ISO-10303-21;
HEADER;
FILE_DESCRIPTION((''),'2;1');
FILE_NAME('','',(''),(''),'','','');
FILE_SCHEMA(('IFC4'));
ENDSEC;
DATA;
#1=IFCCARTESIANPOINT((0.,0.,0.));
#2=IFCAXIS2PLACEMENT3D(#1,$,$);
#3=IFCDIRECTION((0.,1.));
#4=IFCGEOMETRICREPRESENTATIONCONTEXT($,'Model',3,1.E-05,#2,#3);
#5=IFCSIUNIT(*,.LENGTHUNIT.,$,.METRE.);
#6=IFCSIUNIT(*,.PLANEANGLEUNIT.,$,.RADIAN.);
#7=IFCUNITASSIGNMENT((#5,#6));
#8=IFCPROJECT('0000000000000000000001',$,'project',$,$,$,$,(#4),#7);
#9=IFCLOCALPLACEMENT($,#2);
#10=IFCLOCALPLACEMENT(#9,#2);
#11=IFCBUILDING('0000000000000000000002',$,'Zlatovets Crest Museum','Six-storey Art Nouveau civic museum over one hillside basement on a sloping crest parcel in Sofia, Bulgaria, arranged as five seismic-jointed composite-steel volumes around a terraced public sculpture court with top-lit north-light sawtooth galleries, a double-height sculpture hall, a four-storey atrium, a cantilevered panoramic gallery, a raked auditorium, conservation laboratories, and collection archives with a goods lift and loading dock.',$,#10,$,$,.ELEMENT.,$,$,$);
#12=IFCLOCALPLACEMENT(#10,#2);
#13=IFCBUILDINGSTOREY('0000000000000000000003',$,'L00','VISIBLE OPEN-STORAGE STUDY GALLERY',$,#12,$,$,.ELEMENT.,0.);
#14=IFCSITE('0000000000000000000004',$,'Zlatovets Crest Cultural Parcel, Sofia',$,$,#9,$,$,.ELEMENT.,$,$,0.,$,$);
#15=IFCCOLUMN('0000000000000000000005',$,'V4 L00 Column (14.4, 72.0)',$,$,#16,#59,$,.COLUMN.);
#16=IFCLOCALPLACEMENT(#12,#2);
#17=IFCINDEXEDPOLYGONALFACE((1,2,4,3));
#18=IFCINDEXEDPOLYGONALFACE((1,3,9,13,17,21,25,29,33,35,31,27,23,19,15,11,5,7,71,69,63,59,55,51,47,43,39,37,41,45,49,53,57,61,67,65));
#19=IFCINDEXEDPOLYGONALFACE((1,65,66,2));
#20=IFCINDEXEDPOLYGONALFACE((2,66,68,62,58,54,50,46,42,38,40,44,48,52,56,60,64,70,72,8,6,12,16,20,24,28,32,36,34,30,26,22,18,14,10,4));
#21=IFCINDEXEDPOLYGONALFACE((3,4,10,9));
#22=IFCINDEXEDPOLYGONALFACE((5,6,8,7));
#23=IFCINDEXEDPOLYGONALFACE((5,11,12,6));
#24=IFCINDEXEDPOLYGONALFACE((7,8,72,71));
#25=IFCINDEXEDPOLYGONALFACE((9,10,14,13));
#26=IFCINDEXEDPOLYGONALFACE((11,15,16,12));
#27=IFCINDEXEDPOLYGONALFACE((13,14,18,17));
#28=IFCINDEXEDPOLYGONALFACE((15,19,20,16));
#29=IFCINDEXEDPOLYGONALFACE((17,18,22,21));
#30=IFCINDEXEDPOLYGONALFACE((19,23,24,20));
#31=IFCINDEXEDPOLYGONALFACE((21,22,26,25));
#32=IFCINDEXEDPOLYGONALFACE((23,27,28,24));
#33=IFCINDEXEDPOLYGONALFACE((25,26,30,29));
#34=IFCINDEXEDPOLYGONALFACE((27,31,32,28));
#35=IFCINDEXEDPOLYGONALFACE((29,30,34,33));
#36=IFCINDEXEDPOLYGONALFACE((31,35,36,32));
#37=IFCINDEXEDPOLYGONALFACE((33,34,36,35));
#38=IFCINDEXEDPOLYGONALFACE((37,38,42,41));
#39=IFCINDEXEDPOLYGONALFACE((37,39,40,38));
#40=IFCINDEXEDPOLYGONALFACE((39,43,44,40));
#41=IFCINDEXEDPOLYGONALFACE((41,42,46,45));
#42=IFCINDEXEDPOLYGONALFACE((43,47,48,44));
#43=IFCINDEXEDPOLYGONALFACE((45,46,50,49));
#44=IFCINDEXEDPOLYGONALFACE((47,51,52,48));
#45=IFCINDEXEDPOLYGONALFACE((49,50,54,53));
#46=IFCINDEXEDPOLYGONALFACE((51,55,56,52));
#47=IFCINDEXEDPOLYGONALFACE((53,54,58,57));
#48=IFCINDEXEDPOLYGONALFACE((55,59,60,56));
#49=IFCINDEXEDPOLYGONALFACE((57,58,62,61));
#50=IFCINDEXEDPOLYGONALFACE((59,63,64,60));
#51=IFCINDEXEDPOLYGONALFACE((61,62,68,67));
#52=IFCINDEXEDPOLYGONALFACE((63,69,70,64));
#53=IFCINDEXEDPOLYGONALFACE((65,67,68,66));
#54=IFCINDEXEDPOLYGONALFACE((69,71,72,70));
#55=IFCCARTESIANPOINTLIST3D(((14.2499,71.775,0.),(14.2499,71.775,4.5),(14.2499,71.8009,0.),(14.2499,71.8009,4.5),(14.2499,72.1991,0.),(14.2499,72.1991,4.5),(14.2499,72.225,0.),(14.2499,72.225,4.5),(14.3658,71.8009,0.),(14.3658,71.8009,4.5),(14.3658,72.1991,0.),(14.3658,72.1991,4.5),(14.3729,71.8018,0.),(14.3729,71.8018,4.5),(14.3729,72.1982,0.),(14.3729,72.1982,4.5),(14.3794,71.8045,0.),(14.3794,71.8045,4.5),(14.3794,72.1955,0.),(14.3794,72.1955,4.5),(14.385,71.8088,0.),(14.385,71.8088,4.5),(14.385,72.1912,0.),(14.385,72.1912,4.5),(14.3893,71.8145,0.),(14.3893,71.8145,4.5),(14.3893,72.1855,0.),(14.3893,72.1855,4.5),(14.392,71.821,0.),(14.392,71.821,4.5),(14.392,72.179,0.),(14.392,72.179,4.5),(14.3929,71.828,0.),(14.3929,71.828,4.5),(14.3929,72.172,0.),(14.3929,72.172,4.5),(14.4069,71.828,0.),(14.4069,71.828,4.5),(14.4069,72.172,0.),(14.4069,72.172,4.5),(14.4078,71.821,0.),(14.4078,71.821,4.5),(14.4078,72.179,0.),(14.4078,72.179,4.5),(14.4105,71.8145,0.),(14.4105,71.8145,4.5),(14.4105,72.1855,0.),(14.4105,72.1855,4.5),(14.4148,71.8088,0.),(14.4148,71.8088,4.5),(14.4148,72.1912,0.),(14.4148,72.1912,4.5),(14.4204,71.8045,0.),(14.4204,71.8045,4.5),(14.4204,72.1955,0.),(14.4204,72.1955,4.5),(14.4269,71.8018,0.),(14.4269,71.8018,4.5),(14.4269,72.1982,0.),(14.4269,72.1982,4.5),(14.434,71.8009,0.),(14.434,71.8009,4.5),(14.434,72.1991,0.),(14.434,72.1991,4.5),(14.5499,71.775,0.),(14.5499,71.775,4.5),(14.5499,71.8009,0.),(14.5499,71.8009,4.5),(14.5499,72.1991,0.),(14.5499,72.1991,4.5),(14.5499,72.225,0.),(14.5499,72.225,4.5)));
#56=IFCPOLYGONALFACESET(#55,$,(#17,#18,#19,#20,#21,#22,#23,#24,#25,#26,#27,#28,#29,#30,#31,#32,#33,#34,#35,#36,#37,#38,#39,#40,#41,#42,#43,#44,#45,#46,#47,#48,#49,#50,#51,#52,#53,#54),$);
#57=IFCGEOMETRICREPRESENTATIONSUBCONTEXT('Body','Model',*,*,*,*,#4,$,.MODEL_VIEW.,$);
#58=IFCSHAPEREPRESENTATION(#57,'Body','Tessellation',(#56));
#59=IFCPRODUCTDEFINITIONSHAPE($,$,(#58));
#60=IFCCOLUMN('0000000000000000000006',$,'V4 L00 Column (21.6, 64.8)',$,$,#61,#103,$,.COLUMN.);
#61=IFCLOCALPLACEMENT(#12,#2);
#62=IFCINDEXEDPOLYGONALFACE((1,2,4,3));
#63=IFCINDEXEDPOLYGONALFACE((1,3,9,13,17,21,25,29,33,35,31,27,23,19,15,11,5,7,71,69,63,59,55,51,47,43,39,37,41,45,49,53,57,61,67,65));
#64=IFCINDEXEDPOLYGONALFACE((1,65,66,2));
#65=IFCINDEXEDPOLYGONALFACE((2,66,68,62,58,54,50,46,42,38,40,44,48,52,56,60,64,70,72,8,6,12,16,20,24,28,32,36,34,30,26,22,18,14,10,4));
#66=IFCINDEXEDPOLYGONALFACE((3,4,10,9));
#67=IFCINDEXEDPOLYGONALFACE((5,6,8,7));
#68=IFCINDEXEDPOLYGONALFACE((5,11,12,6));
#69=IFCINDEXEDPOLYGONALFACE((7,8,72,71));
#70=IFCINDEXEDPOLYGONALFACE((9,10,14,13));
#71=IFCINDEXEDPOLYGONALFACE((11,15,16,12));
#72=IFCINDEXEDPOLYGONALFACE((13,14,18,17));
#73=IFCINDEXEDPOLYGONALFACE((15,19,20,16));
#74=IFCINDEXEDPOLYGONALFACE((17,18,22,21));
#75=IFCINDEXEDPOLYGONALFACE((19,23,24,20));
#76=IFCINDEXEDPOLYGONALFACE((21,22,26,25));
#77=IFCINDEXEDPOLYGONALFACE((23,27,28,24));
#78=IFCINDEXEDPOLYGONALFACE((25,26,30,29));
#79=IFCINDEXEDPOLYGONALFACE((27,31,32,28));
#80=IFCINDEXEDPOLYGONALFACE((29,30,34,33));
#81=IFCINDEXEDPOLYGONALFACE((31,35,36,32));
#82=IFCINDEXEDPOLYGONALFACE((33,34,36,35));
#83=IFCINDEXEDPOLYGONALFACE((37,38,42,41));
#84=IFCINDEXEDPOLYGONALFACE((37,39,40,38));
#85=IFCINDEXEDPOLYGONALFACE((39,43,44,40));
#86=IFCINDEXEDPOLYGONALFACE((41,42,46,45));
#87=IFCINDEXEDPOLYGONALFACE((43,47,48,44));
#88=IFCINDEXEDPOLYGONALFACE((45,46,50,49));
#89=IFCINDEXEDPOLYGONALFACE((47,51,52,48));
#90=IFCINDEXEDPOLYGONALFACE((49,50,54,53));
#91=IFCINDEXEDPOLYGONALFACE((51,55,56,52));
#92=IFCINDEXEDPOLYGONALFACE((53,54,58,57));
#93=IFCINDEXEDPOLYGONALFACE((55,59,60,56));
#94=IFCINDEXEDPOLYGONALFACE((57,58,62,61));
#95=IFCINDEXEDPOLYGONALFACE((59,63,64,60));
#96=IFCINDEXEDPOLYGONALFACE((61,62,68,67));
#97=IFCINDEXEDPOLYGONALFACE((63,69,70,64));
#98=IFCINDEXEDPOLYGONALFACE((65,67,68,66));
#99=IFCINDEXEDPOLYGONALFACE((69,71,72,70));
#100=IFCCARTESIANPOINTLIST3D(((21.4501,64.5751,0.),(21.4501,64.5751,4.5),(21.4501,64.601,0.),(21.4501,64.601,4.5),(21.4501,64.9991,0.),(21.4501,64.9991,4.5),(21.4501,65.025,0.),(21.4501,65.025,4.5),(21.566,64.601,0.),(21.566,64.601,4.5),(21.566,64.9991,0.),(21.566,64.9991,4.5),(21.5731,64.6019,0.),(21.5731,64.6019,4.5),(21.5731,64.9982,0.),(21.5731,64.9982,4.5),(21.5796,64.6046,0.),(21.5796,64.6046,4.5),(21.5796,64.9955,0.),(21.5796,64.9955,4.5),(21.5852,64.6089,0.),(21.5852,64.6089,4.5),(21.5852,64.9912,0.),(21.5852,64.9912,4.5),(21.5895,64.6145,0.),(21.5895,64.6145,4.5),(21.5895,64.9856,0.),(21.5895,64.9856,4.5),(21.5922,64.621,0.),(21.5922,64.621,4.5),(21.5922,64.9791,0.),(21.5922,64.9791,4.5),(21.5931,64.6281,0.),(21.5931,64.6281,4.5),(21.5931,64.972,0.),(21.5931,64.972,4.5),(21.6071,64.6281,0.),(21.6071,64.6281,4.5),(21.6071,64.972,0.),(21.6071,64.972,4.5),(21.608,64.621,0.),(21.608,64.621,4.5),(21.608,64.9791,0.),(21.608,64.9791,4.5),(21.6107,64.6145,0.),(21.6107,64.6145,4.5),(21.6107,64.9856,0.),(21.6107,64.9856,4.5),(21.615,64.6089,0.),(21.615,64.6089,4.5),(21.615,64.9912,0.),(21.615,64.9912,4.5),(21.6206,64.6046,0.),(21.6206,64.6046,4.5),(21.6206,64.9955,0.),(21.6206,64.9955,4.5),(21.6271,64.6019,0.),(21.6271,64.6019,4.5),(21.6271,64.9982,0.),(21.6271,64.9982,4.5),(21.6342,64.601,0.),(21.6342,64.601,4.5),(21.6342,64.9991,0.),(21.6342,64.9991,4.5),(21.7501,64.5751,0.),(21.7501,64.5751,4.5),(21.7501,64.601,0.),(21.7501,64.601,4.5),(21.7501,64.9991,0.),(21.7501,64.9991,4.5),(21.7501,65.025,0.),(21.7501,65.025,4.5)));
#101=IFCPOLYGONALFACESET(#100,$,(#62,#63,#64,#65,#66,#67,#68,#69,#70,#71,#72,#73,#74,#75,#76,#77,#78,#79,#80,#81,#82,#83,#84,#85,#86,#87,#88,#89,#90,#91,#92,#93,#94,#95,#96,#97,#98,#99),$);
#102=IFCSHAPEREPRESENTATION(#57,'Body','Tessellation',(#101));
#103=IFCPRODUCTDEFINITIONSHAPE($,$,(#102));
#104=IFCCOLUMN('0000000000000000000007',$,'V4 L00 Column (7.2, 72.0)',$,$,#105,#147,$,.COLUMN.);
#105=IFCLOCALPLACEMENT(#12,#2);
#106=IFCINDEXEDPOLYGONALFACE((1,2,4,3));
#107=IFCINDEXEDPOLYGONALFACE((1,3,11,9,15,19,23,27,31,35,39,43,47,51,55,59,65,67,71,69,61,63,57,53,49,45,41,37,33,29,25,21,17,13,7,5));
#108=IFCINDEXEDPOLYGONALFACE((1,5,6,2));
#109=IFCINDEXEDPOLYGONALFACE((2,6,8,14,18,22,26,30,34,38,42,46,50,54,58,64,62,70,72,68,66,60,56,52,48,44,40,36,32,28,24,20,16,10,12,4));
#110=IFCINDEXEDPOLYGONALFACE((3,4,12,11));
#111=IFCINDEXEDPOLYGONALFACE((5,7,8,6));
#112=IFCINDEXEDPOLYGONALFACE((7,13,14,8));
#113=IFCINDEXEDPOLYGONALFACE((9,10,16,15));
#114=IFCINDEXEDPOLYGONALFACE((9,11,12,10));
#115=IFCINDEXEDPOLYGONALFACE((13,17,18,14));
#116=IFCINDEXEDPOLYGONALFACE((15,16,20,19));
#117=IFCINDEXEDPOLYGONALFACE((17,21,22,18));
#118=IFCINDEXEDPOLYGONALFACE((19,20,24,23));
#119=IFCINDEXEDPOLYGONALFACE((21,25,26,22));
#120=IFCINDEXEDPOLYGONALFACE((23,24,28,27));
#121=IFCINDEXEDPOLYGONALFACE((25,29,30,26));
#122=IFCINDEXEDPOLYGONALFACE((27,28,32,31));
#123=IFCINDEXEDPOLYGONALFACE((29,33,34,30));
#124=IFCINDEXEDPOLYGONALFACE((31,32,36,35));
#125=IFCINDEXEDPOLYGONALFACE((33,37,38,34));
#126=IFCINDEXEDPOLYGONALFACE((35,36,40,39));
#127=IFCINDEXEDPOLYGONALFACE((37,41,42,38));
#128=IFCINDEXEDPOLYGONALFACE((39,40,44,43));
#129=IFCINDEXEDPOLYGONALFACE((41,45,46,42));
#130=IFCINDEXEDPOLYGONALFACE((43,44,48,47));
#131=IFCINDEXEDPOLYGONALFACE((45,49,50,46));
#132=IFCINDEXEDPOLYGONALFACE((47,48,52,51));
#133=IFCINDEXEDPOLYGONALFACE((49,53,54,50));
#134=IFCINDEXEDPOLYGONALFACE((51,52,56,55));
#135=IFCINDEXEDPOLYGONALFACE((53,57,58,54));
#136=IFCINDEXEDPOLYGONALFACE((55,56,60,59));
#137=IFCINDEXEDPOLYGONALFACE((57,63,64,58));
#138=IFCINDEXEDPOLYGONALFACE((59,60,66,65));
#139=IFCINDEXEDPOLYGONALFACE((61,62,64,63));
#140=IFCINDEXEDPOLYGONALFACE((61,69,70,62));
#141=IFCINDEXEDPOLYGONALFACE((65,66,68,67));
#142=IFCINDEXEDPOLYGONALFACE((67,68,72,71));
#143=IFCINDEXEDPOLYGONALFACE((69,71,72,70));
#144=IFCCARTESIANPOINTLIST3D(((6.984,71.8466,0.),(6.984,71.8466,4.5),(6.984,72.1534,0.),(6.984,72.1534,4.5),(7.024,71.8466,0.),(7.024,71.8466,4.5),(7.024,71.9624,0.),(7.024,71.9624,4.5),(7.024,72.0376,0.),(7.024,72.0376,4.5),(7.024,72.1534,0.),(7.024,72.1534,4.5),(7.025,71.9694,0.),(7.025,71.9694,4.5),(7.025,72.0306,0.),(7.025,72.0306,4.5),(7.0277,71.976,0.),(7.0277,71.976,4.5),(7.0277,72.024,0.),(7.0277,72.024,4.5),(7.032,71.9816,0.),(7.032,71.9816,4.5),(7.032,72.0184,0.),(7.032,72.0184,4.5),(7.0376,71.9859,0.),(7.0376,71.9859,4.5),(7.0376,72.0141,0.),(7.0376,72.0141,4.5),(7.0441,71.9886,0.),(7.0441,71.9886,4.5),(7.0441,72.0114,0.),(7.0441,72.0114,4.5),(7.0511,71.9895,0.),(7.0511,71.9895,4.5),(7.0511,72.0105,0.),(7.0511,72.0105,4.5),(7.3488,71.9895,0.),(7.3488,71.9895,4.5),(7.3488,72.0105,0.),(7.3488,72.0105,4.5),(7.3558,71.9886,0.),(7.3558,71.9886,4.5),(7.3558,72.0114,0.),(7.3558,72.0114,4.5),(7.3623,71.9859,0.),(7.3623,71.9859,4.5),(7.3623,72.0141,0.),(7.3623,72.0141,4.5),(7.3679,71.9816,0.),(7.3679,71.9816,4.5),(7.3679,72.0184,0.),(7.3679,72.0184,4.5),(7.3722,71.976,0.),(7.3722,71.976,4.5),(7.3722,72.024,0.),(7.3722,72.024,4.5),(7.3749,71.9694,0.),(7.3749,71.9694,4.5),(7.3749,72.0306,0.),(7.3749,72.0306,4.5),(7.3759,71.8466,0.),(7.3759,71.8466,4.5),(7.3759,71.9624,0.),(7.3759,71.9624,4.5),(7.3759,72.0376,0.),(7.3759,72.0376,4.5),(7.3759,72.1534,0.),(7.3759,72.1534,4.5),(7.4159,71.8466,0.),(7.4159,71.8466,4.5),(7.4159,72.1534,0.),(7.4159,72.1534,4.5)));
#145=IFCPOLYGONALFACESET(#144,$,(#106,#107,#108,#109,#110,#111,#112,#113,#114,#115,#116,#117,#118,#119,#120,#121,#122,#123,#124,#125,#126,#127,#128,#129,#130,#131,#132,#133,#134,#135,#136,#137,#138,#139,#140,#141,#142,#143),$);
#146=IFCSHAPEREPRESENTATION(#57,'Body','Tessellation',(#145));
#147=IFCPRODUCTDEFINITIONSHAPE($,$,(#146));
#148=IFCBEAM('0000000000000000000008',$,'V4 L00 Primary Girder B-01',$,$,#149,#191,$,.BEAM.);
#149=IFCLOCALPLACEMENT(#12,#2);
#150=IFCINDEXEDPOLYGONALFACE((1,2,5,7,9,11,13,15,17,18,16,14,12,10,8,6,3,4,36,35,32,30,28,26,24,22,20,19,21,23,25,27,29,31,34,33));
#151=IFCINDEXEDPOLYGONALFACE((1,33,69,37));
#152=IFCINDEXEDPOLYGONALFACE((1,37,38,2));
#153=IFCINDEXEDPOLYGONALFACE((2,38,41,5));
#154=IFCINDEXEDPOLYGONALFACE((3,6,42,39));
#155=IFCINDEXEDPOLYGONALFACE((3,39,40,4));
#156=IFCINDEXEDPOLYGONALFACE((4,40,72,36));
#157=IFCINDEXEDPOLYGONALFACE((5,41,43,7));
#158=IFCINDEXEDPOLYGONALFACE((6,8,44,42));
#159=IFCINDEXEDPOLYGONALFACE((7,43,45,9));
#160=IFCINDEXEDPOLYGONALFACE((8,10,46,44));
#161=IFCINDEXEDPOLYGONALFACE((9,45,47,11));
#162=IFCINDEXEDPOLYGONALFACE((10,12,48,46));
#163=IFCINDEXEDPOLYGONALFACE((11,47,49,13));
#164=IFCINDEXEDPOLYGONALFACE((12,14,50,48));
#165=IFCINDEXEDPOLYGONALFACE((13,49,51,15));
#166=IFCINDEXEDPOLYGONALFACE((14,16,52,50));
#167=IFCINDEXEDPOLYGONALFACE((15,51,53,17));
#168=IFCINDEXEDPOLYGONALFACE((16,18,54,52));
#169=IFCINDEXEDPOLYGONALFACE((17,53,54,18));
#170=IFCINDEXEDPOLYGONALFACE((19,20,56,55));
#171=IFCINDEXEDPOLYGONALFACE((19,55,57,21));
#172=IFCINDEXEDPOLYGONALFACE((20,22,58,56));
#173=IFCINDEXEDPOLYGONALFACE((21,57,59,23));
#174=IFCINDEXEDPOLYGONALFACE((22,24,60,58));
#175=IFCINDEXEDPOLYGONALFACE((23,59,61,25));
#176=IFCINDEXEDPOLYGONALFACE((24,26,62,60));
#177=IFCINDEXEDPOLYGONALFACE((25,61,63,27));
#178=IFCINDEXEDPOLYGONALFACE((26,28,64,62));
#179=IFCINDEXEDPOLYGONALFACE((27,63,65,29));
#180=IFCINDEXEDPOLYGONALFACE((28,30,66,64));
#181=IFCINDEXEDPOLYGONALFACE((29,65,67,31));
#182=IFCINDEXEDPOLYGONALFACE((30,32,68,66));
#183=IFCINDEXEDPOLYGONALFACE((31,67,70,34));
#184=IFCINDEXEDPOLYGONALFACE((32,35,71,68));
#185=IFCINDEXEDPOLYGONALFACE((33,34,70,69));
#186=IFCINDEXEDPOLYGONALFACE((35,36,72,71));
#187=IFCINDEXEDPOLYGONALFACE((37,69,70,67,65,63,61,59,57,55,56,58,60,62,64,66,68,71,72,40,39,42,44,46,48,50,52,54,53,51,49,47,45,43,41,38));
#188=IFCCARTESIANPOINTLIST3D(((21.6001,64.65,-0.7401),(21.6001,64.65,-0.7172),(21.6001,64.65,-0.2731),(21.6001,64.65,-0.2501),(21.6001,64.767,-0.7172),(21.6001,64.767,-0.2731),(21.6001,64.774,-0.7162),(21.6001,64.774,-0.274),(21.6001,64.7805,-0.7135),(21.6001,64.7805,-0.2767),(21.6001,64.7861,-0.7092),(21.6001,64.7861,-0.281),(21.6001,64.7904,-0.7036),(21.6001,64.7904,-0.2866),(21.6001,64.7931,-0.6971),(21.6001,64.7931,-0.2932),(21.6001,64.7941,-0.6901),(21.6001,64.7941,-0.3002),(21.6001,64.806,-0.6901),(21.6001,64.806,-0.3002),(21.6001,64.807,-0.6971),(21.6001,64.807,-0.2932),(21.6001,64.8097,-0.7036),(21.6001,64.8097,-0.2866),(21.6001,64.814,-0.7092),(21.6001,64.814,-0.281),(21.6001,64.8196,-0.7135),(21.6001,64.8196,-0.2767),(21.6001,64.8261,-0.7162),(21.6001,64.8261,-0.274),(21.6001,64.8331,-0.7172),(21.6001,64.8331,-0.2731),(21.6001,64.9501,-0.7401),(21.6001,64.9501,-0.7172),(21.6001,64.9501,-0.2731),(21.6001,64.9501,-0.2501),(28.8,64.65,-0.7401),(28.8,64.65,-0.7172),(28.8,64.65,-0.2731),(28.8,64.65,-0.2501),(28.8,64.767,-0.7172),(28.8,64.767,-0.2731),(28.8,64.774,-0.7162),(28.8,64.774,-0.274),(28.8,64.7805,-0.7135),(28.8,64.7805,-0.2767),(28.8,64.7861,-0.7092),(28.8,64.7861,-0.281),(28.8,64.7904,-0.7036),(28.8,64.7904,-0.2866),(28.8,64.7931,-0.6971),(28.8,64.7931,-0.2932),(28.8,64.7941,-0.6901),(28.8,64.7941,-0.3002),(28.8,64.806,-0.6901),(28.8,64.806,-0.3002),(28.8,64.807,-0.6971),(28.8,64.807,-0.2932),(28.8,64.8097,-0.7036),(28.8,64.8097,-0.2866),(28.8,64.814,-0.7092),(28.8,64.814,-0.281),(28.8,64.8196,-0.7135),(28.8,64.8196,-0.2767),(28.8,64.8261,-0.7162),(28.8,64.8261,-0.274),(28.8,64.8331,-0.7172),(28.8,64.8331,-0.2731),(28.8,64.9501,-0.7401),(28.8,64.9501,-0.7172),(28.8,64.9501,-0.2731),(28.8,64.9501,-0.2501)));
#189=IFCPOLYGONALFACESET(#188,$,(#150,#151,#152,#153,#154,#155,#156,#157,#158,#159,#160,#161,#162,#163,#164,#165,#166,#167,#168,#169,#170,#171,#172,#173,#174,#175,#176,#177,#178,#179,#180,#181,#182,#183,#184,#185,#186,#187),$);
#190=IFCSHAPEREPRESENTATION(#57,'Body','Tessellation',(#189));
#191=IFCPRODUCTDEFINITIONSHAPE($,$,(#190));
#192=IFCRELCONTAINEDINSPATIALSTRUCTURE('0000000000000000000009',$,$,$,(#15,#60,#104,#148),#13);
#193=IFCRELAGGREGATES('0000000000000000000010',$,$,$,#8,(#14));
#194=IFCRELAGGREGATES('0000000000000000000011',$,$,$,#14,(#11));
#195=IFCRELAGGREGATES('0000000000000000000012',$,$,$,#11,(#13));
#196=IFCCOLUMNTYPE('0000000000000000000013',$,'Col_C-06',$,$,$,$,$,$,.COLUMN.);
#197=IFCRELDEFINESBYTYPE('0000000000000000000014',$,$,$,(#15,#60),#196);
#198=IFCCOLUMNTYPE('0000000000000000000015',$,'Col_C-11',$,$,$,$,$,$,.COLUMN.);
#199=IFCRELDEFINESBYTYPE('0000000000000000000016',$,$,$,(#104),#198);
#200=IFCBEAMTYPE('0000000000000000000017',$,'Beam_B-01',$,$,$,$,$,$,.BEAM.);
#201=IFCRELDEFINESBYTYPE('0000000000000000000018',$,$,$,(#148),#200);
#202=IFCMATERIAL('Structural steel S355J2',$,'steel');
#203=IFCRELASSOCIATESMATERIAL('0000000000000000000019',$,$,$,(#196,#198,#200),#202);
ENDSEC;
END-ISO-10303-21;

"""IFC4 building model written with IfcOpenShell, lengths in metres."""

from ifc_helpers import new_model, si_unit, direction, frame, origin, origin_2d, place, context, subcontext, project, spatial, i_section, extrude, material, material_profile, profile_set, type_object, element, save


model = new_model("IFC4")

# Units and contexts
model_context = context("Model", 3, precision=1e-05, world=origin(), true_north=direction((0.0, 1.0)))
body_context = subcontext(model_context, "Body", "Model", "MODEL_VIEW")
ifc_project = project(units=[si_unit("LENGTHUNIT", "METRE"), si_unit("PLANEANGLEUNIT", "RADIAN")], contexts=[model_context])

# Site, building, storey
site_placement = place(None, origin())
site = spatial("IfcSite", under=ifc_project, at=site_placement, Name="Zlatovets Crest Cultural Parcel, Sofia", CompositionType="ELEMENT", RefElevation=0.0)
building_placement = place(site_placement, origin())
building = spatial("IfcBuilding", under=site, at=building_placement, Name="Zlatovets Crest Museum", Description="Six-storey Art Nouveau civic museum over one hillside basement on a sloping crest parcel in Sofia, Bulgaria, arranged as five seismic-jointed composite-steel volumes around a terraced public sculpture court with top-lit north-light sawtooth galleries, a double-height sculpture hall, a four-storey atrium, a cantilevered panoramic gallery, a raked auditorium, conservation laboratories, and collection archives with a goods lift and loading dock.", CompositionType="ELEMENT")
storey_placement = place(building_placement, origin())
storey = spatial("IfcBuildingStorey", under=building, at=storey_placement, Name="L00", Description="VISIBLE OPEN-STORAGE STUDY GALLERY", CompositionType="ELEMENT", Elevation=0.0)

# Columns
ifc_material_1 = material(Name="Structural steel S355J2", Category="steel")
ifc_material_profile_1 = material_profile(ifc_material_1, i_section(OverallWidth=0.3, OverallDepth=0.45, WebThickness=0.0139, FlangeThickness=0.0259, FilletRadius=0.0271, at=origin_2d()), Name="HEB 450")
ifc_profile_set_1 = profile_set([ifc_material_profile_1], Name="Structural steel S355J2")
column_type_1 = type_object("IfcColumnType", Name="Col_C-06", PredefinedType="COLUMN", material=ifc_profile_set_1)
for number, where, z_axis, x_axis, name in (
    (1, (14.3999, 72.0, 0.0), (0.0, 0.0, 1.0), (1.0, 0.0, 0.0), "V4 L00 Column (14.4, 72.0)"),
    (2, (21.6001, 64.8, 0.0), (0.0, 0.0, 1.0), (1.0, 0.0, 0.0), "V4 L00 Column (21.6, 64.8)"),
):
    element("IfcColumn", number, at=place(storey_placement, frame(where, z_axis=z_axis, x_axis=x_axis)), inside=storey, type_object=column_type_1, Name=name, PredefinedType="COLUMN", context=body_context, shape_type="SweptSolid", body=[
        extrude(i_section(OverallWidth=0.3, OverallDepth=0.45, WebThickness=0.0139, FlangeThickness=0.0259, FilletRadius=0.0271, at=origin_2d()), origin(), (0.0, 0.0, 1.0), 4.5),
    ])
ifc_material_profile_2 = material_profile(ifc_material_1, i_section(OverallWidth=0.3069, OverallDepth=0.4319, WebThickness=0.021, FlangeThickness=0.04, FilletRadius=0.0271, at=origin_2d()), Name="HEM 400")
ifc_profile_set_2 = profile_set([ifc_material_profile_2], Name="Structural steel S355J2")
column_type_2 = type_object("IfcColumnType", Name="Col_C-11", PredefinedType="COLUMN", material=ifc_profile_set_2)
column_placement = place(storey_placement, frame((7.2, 72.0, 0.0), z_axis=(0.0, 0.0, 1.0), x_axis=(0.0, 1.0, 0.0)))
element("IfcColumn", 3, at=column_placement, inside=storey, type_object=column_type_2, Name="V4 L00 Column (7.2, 72.0)", PredefinedType="COLUMN", context=body_context, shape_type="SweptSolid", body=[
    extrude(i_section(OverallWidth=0.3069, OverallDepth=0.4319, WebThickness=0.021, FlangeThickness=0.04, FilletRadius=0.0271, at=origin_2d()), origin(), (0.0, 0.0, 1.0), 4.5),
])

# Beam
ifc_material_profile_3 = material_profile(ifc_material_1, i_section(OverallWidth=0.3, OverallDepth=0.49, WebThickness=0.012, FlangeThickness=0.0229, FilletRadius=0.0271, at=origin_2d()), Name="HEA 500")
ifc_profile_set_3 = profile_set([ifc_material_profile_3], Name="Structural steel S355J2")
beam_type_1 = type_object("IfcBeamType", Name="Beam_B-01", PredefinedType="BEAM", material=ifc_profile_set_3)
for number, where, z_axis, x_axis, name in (
    (4, (21.6001, 64.8, -0.4951), (1.0, 0.0, 0.0), (0.0, 1.0, 0.0), "V4 L00 Primary Girder B-01"),
):
    element("IfcBeam", number, at=place(storey_placement, frame(where, z_axis=z_axis, x_axis=x_axis)), inside=storey, type_object=beam_type_1, Name=name, PredefinedType="BEAM", context=body_context, shape_type="SweptSolid", body=[
        extrude(i_section(OverallWidth=0.3, OverallDepth=0.49, WebThickness=0.012, FlangeThickness=0.0229, FilletRadius=0.0271, at=origin_2d()), origin(), (0.0, 0.0, 1.0), 7.2),
    ])

save(model, "model.ifc")
